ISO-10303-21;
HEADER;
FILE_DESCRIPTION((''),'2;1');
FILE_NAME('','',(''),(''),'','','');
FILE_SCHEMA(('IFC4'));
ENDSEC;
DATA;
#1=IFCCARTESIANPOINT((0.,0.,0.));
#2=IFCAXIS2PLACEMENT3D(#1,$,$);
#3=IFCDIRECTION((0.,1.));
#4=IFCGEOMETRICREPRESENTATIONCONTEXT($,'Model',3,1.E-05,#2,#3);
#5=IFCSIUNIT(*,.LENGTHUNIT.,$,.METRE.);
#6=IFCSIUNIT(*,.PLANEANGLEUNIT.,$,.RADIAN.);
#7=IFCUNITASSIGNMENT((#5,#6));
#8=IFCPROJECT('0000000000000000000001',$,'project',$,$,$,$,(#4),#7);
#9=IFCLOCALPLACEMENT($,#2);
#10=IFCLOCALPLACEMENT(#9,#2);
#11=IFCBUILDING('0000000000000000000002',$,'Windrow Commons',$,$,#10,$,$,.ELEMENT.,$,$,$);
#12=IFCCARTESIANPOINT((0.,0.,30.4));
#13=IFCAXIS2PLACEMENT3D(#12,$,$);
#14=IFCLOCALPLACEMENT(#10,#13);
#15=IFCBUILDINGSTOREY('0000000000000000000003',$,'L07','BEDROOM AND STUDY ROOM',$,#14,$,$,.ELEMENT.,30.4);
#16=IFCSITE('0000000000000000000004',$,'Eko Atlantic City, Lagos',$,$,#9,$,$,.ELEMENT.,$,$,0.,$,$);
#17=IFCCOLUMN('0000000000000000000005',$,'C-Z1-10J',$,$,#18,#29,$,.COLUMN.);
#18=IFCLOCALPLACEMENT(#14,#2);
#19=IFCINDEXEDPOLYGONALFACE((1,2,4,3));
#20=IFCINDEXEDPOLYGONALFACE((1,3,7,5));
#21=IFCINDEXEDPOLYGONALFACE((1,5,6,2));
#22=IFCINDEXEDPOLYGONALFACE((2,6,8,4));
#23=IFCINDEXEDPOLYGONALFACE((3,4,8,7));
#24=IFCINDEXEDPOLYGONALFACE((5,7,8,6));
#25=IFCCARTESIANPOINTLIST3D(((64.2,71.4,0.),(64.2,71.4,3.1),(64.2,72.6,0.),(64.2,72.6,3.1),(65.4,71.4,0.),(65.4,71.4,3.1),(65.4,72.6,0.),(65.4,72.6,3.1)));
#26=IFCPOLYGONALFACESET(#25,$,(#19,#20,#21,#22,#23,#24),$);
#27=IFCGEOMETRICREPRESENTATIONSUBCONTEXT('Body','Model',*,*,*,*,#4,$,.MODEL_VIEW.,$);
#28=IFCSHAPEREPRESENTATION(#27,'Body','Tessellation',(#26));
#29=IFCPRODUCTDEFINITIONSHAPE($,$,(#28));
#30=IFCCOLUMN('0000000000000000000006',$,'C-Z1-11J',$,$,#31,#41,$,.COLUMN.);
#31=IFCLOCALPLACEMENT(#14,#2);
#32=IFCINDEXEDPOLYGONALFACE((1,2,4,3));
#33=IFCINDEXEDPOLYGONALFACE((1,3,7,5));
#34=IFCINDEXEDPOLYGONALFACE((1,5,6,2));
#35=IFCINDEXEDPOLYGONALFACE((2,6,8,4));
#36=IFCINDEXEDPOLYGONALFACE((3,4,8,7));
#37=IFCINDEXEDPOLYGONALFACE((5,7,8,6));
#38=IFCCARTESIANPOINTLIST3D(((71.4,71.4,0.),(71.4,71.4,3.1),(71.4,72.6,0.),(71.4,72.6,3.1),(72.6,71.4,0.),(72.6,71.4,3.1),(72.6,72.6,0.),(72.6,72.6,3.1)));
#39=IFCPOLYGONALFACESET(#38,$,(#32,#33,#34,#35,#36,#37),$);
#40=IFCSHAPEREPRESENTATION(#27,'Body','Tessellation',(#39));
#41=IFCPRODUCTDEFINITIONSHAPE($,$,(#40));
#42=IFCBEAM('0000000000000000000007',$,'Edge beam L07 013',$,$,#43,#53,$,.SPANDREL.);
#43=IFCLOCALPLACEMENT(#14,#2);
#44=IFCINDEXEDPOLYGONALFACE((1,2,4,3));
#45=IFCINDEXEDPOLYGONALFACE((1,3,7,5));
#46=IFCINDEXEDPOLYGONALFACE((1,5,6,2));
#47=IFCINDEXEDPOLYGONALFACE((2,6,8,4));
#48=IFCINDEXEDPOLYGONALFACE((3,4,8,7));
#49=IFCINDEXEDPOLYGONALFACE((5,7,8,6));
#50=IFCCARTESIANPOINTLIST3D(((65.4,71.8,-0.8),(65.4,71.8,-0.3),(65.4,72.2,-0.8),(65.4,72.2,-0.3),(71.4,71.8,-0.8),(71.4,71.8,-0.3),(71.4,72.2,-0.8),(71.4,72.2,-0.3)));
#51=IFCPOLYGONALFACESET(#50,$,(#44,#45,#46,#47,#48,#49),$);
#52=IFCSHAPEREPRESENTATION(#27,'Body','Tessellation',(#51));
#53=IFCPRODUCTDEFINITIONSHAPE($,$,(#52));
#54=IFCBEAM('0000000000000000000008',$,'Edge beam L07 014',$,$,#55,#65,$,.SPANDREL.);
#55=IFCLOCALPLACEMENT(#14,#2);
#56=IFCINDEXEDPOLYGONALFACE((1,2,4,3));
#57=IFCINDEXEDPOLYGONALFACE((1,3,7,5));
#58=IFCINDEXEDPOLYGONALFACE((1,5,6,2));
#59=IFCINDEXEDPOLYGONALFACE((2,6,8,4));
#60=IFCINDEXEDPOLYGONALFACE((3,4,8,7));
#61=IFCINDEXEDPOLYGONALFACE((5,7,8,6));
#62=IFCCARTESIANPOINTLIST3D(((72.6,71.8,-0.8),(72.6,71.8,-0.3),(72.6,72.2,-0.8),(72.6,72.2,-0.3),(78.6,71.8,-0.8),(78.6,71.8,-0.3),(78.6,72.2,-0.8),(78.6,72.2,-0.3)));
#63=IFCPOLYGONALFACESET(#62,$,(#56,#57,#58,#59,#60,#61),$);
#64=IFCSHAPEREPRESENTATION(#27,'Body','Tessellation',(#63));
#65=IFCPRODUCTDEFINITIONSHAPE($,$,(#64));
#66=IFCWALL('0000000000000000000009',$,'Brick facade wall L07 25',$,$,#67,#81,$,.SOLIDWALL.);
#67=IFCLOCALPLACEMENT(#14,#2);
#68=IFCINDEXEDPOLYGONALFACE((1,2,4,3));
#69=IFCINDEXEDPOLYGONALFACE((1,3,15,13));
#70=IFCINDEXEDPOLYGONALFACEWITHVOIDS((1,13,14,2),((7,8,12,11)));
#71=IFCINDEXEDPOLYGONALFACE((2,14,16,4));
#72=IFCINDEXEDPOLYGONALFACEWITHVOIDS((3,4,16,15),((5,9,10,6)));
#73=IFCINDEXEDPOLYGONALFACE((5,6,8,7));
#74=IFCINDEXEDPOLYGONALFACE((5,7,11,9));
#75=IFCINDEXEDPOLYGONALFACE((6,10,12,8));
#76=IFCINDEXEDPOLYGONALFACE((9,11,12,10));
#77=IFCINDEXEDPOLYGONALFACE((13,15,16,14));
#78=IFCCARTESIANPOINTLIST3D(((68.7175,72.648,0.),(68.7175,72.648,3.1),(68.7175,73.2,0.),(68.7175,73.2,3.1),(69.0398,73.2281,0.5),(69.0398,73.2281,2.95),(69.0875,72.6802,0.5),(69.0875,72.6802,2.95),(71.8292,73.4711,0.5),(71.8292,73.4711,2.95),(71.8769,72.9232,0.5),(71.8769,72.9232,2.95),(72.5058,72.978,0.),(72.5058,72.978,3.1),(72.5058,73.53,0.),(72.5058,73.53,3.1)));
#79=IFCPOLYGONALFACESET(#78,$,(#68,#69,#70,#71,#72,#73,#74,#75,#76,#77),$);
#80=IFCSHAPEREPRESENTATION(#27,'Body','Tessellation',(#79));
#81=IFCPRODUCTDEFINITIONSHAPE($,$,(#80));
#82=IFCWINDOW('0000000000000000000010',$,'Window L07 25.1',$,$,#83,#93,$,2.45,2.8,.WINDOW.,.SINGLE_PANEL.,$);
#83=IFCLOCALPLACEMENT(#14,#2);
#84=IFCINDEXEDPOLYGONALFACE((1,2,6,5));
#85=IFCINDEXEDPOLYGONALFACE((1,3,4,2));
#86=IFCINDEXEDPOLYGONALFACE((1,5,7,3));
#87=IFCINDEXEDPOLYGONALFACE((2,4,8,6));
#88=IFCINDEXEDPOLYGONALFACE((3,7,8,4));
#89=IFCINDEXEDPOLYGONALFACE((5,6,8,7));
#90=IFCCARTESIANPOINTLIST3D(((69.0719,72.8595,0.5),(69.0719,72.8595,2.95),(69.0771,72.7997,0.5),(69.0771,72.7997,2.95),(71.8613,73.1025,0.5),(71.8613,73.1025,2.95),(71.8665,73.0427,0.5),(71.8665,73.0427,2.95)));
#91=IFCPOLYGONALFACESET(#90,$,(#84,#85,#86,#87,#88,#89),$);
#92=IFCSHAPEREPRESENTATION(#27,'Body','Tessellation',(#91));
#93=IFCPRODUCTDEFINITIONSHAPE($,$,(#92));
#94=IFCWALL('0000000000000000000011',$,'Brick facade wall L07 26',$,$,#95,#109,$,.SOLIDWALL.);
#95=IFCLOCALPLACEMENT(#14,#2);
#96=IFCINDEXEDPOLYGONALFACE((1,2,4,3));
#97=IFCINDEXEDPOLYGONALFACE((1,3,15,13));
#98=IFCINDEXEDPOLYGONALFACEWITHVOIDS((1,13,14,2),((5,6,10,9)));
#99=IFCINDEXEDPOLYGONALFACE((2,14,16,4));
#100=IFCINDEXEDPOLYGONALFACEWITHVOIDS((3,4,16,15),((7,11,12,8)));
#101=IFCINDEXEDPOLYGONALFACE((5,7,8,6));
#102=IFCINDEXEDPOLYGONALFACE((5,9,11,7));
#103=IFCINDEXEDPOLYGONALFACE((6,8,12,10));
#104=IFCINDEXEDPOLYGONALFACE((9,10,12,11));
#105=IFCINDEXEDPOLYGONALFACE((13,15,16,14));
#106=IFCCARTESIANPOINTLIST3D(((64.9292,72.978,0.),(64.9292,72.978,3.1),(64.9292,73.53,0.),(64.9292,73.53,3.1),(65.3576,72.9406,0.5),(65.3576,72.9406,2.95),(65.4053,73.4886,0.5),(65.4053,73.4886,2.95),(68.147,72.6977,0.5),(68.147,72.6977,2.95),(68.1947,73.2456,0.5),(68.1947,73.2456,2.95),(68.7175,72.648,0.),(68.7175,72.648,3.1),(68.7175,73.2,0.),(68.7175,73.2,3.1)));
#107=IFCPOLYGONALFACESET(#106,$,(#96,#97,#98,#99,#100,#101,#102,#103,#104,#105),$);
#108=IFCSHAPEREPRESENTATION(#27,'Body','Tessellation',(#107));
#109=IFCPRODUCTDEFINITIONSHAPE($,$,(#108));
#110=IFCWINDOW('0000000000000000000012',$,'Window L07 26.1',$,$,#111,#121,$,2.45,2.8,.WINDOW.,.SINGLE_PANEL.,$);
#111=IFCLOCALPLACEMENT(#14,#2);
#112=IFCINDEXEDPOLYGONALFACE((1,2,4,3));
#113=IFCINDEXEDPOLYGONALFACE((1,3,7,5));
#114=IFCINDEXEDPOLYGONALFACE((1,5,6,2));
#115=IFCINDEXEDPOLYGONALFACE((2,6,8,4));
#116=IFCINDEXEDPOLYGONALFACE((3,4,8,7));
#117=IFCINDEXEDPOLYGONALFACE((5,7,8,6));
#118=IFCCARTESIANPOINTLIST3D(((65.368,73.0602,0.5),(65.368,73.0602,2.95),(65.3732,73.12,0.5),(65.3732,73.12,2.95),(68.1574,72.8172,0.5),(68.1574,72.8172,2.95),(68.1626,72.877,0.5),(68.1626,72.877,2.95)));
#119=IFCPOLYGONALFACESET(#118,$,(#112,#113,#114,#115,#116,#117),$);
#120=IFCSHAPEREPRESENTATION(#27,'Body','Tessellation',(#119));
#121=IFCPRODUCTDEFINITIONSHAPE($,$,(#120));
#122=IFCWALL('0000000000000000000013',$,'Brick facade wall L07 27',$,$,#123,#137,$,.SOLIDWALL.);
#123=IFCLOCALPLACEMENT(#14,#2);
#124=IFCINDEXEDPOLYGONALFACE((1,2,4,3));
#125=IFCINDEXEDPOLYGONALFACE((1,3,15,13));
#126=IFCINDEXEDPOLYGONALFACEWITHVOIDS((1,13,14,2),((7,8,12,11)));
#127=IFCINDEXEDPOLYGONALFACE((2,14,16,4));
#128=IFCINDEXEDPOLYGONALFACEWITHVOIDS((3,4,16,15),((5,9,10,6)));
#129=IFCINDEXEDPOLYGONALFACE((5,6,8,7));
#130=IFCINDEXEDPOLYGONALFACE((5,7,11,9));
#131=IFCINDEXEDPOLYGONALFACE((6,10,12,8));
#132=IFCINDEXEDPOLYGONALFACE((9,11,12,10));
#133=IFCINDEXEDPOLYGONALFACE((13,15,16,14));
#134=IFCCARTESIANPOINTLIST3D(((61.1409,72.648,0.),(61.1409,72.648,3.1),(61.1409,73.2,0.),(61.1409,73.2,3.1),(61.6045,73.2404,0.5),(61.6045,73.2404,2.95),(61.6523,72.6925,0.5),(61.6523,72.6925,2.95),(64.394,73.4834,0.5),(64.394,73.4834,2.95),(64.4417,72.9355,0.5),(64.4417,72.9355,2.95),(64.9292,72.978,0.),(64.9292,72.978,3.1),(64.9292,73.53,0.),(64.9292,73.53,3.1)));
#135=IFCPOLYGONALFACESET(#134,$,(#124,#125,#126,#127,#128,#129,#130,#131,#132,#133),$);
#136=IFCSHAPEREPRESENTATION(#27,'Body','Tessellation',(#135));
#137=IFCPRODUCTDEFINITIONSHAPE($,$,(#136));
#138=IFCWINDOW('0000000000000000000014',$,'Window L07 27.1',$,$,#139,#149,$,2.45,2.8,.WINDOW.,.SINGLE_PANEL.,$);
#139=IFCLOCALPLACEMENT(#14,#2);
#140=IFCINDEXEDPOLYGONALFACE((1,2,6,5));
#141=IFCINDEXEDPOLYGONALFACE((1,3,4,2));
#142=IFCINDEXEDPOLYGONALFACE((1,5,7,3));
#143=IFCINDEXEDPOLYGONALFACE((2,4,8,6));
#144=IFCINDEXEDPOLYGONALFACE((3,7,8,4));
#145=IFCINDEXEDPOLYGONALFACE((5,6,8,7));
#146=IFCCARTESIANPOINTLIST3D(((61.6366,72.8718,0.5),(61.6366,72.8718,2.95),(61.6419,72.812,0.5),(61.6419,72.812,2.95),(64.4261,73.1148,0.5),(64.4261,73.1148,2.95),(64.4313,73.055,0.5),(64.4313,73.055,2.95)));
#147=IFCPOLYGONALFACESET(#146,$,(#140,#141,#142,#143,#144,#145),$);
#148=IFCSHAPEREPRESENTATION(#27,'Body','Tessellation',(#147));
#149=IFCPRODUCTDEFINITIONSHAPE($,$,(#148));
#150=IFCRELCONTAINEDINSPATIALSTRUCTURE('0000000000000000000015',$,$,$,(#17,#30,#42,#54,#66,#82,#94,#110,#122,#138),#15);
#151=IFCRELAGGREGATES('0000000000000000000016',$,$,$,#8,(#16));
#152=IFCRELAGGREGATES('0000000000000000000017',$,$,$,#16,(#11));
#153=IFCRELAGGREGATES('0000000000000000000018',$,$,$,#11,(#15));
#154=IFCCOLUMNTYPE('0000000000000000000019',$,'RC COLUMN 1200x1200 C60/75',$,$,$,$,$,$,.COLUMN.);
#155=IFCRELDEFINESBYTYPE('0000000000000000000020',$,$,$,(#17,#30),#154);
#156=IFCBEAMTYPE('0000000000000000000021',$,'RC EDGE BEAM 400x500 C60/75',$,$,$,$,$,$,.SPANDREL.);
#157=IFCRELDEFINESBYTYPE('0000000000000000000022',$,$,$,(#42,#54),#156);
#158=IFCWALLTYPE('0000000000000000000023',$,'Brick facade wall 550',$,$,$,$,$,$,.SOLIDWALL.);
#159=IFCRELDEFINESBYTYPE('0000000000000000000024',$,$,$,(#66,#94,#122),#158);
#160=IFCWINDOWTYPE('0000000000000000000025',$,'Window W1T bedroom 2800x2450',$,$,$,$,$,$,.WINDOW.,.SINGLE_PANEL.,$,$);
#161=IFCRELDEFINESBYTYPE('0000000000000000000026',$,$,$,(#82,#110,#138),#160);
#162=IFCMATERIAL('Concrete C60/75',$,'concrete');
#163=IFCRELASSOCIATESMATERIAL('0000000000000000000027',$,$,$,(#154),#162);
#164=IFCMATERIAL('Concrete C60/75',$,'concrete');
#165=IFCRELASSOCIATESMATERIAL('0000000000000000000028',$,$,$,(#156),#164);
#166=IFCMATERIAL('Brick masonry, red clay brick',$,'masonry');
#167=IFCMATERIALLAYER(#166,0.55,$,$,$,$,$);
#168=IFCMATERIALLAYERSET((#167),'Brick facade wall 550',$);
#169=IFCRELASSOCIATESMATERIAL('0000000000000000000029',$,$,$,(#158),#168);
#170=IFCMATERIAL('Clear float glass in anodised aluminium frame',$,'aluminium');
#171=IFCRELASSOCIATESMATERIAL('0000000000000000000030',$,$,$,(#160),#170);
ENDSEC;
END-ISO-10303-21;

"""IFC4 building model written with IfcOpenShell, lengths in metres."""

from ifc_helpers import new_model, si_unit, direction, frame, frame_2d, origin, origin_2d, place, context, subcontext, project, spatial, polyline, rectangle, outline, extrude, material, layer, layer_set, material_profile, profile_set, type_object, element, fill, save


model = new_model("IFC4")

# Units and contexts
model_context = context("Model", 3, precision=1e-05, world=origin(), true_north=direction((0.0, 1.0)))
body_context = subcontext(model_context, "Body", "Model", "MODEL_VIEW")
ifc_project = project(units=[si_unit("LENGTHUNIT", "METRE"), si_unit("PLANEANGLEUNIT", "RADIAN")], contexts=[model_context])

# Site, building, storey
site_placement = place(None, origin())
site = spatial("IfcSite", under=ifc_project, at=site_placement, Name="Eko Atlantic City, Lagos", CompositionType="ELEMENT", RefElevation=0.0)
building_placement = place(site_placement, origin())
building = spatial("IfcBuilding", under=site, at=building_placement, Name="Windrow Commons", CompositionType="ELEMENT")
storey_placement = place(building_placement, frame((0.0, 0.0, 30.4)))
storey = spatial("IfcBuildingStorey", under=building, at=storey_placement, Name="L07", Description="BEDROOM AND STUDY ROOM", CompositionType="ELEMENT", Elevation=30.4)

# Columns
ifc_material_1 = material(Name="Concrete C60/75", Category="concrete")
ifc_material_profile_1 = material_profile(ifc_material_1, rectangle(XDim=1.2, YDim=1.2, at=origin_2d()))
ifc_profile_set_1 = profile_set([ifc_material_profile_1], Name="Concrete C60/75")
column_type = type_object("IfcColumnType", Name="RC COLUMN 1200x1200 C60/75", PredefinedType="COLUMN", material=ifc_profile_set_1)
for number, where, z_axis, x_axis, name in (
    (1, (64.8, 72.0, 0.0), (0.0, 0.0, 1.0), (1.0, 0.0, 0.0), "C-Z1-10J"),
    (2, (72.0, 72.0, 0.0), (0.0, 0.0, 1.0), (1.0, 0.0, 0.0), "C-Z1-11J"),
):
    element("IfcColumn", number, at=place(storey_placement, frame(where, z_axis=z_axis, x_axis=x_axis)), inside=storey, type_object=column_type, Name=name, PredefinedType="COLUMN", context=body_context, shape_type="SweptSolid", body=[
        extrude(rectangle(XDim=1.2, YDim=1.2, at=origin_2d()), origin(), (0.0, 0.0, 1.0), 3.1),
    ])

# Beams
ifc_material_2 = material(Name="Concrete C60/75", Category="concrete")
ifc_material_profile_2 = material_profile(ifc_material_2, rectangle(XDim=0.4, YDim=0.5, at=origin_2d()))
ifc_profile_set_2 = profile_set([ifc_material_profile_2], Name="Concrete C60/75")
beam_type = type_object("IfcBeamType", Name="RC EDGE BEAM 400x500 C60/75", PredefinedType="SPANDREL", material=ifc_profile_set_2)
for number, where, z_axis, x_axis, name in (
    (3, (65.4, 72.0, -0.55), (1.0, 0.0, 0.0), (0.0, 1.0, 0.0), "Edge beam L07 013"),
    (4, (72.6, 72.0, -0.55), (1.0, 0.0, 0.0), (0.0, 1.0, 0.0), "Edge beam L07 014"),
):
    element("IfcBeam", number, at=place(storey_placement, frame(where, z_axis=z_axis, x_axis=x_axis)), inside=storey, type_object=beam_type, Name=name, PredefinedType="SPANDREL", context=body_context, shape_type="SweptSolid", body=[
        extrude(rectangle(XDim=0.4, YDim=0.5, at=origin_2d()), origin(), (0.0, 0.0, 1.0), 6.0),
    ])

# Walls, openings, windows
ifc_material_3 = material(Name="Brick masonry, red clay brick", Category="masonry")
ifc_layer_1 = layer(ifc_material_3, 0.55)
ifc_layer_set_1 = layer_set([ifc_layer_1], Name="Brick facade wall 550")
wall_type_1 = type_object("IfcWallType", Name="Brick facade wall 550", PredefinedType="SOLIDWALL", material=ifc_layer_set_1)
wall_1_placement = place(storey_placement, frame((72.5058, 73.254, 0.0), z_axis=(0.0, 0.0, 1.0), x_axis=(-0.996227, -0.086782, 0.0)))
wall_1 = element("IfcWall", 5, at=wall_1_placement, inside=storey, type_object=wall_type_1, Name="Brick facade wall L07 25", PredefinedType="SOLIDWALL", context=body_context, shape_type="SweptSolid", body=[
    extrude(outline(polyline([(-0.024, -0.275), (3.7787, -0.275), (3.8266, 0.275), (0.024, 0.275), (-0.024, -0.275)])), origin(), (0.0, 0.0, 1.0), 3.1),
])
opening_1_placement = place(wall_1_placement, frame((0.6552, 0.0, 0.5)))
opening_1 = element("IfcOpeningElement", 6, at=opening_1_placement, cuts=wall_1, PredefinedType="OPENING", context=body_context, shape_type="SweptSolid", body=[
    extrude(rectangle(XDim=2.8, YDim=2.45, at=frame_2d((1.4, 1.225))), frame((0.0, 0.285, 0.0), z_axis=(0.0, -1.0, 0.0), x_axis=(1.0, 0.0, 0.0)), (0.0, 0.0, 1.0), 0.57),
])
ifc_material_4 = material(Name="Clear float glass in anodised aluminium frame", Category="aluminium")
window_type = type_object("IfcWindowType", Name="Window W1T bedroom 2800x2450", PartitioningType="SINGLE_PANEL", PredefinedType="WINDOW", material=ifc_material_4)
window_1_placement = place(opening_1_placement, origin())
window_1 = element("IfcWindow", 7, at=window_1_placement, inside=storey, type_object=window_type, Name="Window L07 25.1", OverallHeight=2.45, OverallWidth=2.8, PartitioningType="SINGLE_PANEL", PredefinedType="WINDOW", context=body_context, shape_type="SweptSolid", body=[
    extrude(rectangle(XDim=2.8, YDim=2.45, at=frame_2d((1.4, 1.225))), frame((0.0, 0.155, 0.0), z_axis=(0.0, -1.0, 0.0), x_axis=(1.0, 0.0, 0.0)), (0.0, 0.0, 1.0), 0.06),
])
fill(opening_1, window_1)
wall_2_placement = place(storey_placement, frame((68.7175, 72.924, 0.0), z_axis=(0.0, 0.0, 1.0), x_axis=(-0.996227, 0.086782, 0.0)))
wall_2 = element("IfcWall", 8, at=wall_2_placement, inside=storey, type_object=wall_type_1, Name="Brick facade wall L07 26", PredefinedType="SOLIDWALL", context=body_context, shape_type="SweptSolid", body=[
    extrude(outline(polyline([(0.024, -0.275), (3.8266, -0.275), (3.7787, 0.275), (-0.024, 0.275), (0.024, -0.275)])), origin(), (0.0, 0.0, 1.0), 3.1),
])
opening_2_placement = place(wall_2_placement, frame((0.5487, 0.0, 0.5)))
opening_2 = element("IfcOpeningElement", 9, at=opening_2_placement, cuts=wall_2, PredefinedType="OPENING", context=body_context, shape_type="SweptSolid", body=[
    extrude(rectangle(XDim=2.8, YDim=2.45, at=frame_2d((1.4, 1.225))), frame((0.0, 0.285, 0.0), z_axis=(0.0, -1.0, 0.0), x_axis=(1.0, 0.0, 0.0)), (0.0, 0.0, 1.0), 0.57),
])
window_2_placement = place(opening_2_placement, origin())
window_2 = element("IfcWindow", 10, at=window_2_placement, inside=storey, type_object=window_type, Name="Window L07 26.1", OverallHeight=2.45, OverallWidth=2.8, PartitioningType="SINGLE_PANEL", PredefinedType="WINDOW", context=body_context, shape_type="SweptSolid", body=[
    extrude(rectangle(XDim=2.8, YDim=2.45, at=frame_2d((1.4, 1.225))), frame((0.0, 0.155, 0.0), z_axis=(0.0, -1.0, 0.0), x_axis=(1.0, 0.0, 0.0)), (0.0, 0.0, 1.0), 0.06),
])
fill(opening_2, window_2)
wall_3_placement = place(storey_placement, frame((64.9292, 73.254, 0.0), z_axis=(0.0, 0.0, 1.0), x_axis=(-0.996227, -0.086784, 0.0)))
wall_3 = element("IfcWall", 11, at=wall_3_placement, inside=storey, type_object=wall_type_1, Name="Brick facade wall L07 27", PredefinedType="SOLIDWALL", context=body_context, shape_type="SweptSolid", body=[
    extrude(outline(polyline([(-0.024, -0.275), (3.7787, -0.275), (3.8266, 0.275), (0.024, 0.275), (-0.024, -0.275)])), origin(), (0.0, 0.0, 1.0), 3.1),
])
opening_3_placement = place(wall_3_placement, frame((0.5133, 0.0, 0.5)))
opening_3 = element("IfcOpeningElement", 12, at=opening_3_placement, cuts=wall_3, PredefinedType="OPENING", context=body_context, shape_type="SweptSolid", body=[
    extrude(rectangle(XDim=2.8, YDim=2.45, at=frame_2d((1.4, 1.225))), frame((0.0, 0.285, 0.0), z_axis=(0.0, -1.0, 0.0), x_axis=(1.0, 0.0, 0.0)), (0.0, 0.0, 1.0), 0.57),
])
window_3_placement = place(opening_3_placement, origin())
window_3 = element("IfcWindow", 13, at=window_3_placement, inside=storey, type_object=window_type, Name="Window L07 27.1", OverallHeight=2.45, OverallWidth=2.8, PartitioningType="SINGLE_PANEL", PredefinedType="WINDOW", context=body_context, shape_type="SweptSolid", body=[
    extrude(rectangle(XDim=2.8, YDim=2.45, at=frame_2d((1.4, 1.225))), frame((0.0, 0.155, 0.0), z_axis=(0.0, -1.0, 0.0), x_axis=(1.0, 0.0, 0.0)), (0.0, 0.0, 1.0), 0.06),
])
fill(opening_3, window_3)

save(model, "model.ifc")
